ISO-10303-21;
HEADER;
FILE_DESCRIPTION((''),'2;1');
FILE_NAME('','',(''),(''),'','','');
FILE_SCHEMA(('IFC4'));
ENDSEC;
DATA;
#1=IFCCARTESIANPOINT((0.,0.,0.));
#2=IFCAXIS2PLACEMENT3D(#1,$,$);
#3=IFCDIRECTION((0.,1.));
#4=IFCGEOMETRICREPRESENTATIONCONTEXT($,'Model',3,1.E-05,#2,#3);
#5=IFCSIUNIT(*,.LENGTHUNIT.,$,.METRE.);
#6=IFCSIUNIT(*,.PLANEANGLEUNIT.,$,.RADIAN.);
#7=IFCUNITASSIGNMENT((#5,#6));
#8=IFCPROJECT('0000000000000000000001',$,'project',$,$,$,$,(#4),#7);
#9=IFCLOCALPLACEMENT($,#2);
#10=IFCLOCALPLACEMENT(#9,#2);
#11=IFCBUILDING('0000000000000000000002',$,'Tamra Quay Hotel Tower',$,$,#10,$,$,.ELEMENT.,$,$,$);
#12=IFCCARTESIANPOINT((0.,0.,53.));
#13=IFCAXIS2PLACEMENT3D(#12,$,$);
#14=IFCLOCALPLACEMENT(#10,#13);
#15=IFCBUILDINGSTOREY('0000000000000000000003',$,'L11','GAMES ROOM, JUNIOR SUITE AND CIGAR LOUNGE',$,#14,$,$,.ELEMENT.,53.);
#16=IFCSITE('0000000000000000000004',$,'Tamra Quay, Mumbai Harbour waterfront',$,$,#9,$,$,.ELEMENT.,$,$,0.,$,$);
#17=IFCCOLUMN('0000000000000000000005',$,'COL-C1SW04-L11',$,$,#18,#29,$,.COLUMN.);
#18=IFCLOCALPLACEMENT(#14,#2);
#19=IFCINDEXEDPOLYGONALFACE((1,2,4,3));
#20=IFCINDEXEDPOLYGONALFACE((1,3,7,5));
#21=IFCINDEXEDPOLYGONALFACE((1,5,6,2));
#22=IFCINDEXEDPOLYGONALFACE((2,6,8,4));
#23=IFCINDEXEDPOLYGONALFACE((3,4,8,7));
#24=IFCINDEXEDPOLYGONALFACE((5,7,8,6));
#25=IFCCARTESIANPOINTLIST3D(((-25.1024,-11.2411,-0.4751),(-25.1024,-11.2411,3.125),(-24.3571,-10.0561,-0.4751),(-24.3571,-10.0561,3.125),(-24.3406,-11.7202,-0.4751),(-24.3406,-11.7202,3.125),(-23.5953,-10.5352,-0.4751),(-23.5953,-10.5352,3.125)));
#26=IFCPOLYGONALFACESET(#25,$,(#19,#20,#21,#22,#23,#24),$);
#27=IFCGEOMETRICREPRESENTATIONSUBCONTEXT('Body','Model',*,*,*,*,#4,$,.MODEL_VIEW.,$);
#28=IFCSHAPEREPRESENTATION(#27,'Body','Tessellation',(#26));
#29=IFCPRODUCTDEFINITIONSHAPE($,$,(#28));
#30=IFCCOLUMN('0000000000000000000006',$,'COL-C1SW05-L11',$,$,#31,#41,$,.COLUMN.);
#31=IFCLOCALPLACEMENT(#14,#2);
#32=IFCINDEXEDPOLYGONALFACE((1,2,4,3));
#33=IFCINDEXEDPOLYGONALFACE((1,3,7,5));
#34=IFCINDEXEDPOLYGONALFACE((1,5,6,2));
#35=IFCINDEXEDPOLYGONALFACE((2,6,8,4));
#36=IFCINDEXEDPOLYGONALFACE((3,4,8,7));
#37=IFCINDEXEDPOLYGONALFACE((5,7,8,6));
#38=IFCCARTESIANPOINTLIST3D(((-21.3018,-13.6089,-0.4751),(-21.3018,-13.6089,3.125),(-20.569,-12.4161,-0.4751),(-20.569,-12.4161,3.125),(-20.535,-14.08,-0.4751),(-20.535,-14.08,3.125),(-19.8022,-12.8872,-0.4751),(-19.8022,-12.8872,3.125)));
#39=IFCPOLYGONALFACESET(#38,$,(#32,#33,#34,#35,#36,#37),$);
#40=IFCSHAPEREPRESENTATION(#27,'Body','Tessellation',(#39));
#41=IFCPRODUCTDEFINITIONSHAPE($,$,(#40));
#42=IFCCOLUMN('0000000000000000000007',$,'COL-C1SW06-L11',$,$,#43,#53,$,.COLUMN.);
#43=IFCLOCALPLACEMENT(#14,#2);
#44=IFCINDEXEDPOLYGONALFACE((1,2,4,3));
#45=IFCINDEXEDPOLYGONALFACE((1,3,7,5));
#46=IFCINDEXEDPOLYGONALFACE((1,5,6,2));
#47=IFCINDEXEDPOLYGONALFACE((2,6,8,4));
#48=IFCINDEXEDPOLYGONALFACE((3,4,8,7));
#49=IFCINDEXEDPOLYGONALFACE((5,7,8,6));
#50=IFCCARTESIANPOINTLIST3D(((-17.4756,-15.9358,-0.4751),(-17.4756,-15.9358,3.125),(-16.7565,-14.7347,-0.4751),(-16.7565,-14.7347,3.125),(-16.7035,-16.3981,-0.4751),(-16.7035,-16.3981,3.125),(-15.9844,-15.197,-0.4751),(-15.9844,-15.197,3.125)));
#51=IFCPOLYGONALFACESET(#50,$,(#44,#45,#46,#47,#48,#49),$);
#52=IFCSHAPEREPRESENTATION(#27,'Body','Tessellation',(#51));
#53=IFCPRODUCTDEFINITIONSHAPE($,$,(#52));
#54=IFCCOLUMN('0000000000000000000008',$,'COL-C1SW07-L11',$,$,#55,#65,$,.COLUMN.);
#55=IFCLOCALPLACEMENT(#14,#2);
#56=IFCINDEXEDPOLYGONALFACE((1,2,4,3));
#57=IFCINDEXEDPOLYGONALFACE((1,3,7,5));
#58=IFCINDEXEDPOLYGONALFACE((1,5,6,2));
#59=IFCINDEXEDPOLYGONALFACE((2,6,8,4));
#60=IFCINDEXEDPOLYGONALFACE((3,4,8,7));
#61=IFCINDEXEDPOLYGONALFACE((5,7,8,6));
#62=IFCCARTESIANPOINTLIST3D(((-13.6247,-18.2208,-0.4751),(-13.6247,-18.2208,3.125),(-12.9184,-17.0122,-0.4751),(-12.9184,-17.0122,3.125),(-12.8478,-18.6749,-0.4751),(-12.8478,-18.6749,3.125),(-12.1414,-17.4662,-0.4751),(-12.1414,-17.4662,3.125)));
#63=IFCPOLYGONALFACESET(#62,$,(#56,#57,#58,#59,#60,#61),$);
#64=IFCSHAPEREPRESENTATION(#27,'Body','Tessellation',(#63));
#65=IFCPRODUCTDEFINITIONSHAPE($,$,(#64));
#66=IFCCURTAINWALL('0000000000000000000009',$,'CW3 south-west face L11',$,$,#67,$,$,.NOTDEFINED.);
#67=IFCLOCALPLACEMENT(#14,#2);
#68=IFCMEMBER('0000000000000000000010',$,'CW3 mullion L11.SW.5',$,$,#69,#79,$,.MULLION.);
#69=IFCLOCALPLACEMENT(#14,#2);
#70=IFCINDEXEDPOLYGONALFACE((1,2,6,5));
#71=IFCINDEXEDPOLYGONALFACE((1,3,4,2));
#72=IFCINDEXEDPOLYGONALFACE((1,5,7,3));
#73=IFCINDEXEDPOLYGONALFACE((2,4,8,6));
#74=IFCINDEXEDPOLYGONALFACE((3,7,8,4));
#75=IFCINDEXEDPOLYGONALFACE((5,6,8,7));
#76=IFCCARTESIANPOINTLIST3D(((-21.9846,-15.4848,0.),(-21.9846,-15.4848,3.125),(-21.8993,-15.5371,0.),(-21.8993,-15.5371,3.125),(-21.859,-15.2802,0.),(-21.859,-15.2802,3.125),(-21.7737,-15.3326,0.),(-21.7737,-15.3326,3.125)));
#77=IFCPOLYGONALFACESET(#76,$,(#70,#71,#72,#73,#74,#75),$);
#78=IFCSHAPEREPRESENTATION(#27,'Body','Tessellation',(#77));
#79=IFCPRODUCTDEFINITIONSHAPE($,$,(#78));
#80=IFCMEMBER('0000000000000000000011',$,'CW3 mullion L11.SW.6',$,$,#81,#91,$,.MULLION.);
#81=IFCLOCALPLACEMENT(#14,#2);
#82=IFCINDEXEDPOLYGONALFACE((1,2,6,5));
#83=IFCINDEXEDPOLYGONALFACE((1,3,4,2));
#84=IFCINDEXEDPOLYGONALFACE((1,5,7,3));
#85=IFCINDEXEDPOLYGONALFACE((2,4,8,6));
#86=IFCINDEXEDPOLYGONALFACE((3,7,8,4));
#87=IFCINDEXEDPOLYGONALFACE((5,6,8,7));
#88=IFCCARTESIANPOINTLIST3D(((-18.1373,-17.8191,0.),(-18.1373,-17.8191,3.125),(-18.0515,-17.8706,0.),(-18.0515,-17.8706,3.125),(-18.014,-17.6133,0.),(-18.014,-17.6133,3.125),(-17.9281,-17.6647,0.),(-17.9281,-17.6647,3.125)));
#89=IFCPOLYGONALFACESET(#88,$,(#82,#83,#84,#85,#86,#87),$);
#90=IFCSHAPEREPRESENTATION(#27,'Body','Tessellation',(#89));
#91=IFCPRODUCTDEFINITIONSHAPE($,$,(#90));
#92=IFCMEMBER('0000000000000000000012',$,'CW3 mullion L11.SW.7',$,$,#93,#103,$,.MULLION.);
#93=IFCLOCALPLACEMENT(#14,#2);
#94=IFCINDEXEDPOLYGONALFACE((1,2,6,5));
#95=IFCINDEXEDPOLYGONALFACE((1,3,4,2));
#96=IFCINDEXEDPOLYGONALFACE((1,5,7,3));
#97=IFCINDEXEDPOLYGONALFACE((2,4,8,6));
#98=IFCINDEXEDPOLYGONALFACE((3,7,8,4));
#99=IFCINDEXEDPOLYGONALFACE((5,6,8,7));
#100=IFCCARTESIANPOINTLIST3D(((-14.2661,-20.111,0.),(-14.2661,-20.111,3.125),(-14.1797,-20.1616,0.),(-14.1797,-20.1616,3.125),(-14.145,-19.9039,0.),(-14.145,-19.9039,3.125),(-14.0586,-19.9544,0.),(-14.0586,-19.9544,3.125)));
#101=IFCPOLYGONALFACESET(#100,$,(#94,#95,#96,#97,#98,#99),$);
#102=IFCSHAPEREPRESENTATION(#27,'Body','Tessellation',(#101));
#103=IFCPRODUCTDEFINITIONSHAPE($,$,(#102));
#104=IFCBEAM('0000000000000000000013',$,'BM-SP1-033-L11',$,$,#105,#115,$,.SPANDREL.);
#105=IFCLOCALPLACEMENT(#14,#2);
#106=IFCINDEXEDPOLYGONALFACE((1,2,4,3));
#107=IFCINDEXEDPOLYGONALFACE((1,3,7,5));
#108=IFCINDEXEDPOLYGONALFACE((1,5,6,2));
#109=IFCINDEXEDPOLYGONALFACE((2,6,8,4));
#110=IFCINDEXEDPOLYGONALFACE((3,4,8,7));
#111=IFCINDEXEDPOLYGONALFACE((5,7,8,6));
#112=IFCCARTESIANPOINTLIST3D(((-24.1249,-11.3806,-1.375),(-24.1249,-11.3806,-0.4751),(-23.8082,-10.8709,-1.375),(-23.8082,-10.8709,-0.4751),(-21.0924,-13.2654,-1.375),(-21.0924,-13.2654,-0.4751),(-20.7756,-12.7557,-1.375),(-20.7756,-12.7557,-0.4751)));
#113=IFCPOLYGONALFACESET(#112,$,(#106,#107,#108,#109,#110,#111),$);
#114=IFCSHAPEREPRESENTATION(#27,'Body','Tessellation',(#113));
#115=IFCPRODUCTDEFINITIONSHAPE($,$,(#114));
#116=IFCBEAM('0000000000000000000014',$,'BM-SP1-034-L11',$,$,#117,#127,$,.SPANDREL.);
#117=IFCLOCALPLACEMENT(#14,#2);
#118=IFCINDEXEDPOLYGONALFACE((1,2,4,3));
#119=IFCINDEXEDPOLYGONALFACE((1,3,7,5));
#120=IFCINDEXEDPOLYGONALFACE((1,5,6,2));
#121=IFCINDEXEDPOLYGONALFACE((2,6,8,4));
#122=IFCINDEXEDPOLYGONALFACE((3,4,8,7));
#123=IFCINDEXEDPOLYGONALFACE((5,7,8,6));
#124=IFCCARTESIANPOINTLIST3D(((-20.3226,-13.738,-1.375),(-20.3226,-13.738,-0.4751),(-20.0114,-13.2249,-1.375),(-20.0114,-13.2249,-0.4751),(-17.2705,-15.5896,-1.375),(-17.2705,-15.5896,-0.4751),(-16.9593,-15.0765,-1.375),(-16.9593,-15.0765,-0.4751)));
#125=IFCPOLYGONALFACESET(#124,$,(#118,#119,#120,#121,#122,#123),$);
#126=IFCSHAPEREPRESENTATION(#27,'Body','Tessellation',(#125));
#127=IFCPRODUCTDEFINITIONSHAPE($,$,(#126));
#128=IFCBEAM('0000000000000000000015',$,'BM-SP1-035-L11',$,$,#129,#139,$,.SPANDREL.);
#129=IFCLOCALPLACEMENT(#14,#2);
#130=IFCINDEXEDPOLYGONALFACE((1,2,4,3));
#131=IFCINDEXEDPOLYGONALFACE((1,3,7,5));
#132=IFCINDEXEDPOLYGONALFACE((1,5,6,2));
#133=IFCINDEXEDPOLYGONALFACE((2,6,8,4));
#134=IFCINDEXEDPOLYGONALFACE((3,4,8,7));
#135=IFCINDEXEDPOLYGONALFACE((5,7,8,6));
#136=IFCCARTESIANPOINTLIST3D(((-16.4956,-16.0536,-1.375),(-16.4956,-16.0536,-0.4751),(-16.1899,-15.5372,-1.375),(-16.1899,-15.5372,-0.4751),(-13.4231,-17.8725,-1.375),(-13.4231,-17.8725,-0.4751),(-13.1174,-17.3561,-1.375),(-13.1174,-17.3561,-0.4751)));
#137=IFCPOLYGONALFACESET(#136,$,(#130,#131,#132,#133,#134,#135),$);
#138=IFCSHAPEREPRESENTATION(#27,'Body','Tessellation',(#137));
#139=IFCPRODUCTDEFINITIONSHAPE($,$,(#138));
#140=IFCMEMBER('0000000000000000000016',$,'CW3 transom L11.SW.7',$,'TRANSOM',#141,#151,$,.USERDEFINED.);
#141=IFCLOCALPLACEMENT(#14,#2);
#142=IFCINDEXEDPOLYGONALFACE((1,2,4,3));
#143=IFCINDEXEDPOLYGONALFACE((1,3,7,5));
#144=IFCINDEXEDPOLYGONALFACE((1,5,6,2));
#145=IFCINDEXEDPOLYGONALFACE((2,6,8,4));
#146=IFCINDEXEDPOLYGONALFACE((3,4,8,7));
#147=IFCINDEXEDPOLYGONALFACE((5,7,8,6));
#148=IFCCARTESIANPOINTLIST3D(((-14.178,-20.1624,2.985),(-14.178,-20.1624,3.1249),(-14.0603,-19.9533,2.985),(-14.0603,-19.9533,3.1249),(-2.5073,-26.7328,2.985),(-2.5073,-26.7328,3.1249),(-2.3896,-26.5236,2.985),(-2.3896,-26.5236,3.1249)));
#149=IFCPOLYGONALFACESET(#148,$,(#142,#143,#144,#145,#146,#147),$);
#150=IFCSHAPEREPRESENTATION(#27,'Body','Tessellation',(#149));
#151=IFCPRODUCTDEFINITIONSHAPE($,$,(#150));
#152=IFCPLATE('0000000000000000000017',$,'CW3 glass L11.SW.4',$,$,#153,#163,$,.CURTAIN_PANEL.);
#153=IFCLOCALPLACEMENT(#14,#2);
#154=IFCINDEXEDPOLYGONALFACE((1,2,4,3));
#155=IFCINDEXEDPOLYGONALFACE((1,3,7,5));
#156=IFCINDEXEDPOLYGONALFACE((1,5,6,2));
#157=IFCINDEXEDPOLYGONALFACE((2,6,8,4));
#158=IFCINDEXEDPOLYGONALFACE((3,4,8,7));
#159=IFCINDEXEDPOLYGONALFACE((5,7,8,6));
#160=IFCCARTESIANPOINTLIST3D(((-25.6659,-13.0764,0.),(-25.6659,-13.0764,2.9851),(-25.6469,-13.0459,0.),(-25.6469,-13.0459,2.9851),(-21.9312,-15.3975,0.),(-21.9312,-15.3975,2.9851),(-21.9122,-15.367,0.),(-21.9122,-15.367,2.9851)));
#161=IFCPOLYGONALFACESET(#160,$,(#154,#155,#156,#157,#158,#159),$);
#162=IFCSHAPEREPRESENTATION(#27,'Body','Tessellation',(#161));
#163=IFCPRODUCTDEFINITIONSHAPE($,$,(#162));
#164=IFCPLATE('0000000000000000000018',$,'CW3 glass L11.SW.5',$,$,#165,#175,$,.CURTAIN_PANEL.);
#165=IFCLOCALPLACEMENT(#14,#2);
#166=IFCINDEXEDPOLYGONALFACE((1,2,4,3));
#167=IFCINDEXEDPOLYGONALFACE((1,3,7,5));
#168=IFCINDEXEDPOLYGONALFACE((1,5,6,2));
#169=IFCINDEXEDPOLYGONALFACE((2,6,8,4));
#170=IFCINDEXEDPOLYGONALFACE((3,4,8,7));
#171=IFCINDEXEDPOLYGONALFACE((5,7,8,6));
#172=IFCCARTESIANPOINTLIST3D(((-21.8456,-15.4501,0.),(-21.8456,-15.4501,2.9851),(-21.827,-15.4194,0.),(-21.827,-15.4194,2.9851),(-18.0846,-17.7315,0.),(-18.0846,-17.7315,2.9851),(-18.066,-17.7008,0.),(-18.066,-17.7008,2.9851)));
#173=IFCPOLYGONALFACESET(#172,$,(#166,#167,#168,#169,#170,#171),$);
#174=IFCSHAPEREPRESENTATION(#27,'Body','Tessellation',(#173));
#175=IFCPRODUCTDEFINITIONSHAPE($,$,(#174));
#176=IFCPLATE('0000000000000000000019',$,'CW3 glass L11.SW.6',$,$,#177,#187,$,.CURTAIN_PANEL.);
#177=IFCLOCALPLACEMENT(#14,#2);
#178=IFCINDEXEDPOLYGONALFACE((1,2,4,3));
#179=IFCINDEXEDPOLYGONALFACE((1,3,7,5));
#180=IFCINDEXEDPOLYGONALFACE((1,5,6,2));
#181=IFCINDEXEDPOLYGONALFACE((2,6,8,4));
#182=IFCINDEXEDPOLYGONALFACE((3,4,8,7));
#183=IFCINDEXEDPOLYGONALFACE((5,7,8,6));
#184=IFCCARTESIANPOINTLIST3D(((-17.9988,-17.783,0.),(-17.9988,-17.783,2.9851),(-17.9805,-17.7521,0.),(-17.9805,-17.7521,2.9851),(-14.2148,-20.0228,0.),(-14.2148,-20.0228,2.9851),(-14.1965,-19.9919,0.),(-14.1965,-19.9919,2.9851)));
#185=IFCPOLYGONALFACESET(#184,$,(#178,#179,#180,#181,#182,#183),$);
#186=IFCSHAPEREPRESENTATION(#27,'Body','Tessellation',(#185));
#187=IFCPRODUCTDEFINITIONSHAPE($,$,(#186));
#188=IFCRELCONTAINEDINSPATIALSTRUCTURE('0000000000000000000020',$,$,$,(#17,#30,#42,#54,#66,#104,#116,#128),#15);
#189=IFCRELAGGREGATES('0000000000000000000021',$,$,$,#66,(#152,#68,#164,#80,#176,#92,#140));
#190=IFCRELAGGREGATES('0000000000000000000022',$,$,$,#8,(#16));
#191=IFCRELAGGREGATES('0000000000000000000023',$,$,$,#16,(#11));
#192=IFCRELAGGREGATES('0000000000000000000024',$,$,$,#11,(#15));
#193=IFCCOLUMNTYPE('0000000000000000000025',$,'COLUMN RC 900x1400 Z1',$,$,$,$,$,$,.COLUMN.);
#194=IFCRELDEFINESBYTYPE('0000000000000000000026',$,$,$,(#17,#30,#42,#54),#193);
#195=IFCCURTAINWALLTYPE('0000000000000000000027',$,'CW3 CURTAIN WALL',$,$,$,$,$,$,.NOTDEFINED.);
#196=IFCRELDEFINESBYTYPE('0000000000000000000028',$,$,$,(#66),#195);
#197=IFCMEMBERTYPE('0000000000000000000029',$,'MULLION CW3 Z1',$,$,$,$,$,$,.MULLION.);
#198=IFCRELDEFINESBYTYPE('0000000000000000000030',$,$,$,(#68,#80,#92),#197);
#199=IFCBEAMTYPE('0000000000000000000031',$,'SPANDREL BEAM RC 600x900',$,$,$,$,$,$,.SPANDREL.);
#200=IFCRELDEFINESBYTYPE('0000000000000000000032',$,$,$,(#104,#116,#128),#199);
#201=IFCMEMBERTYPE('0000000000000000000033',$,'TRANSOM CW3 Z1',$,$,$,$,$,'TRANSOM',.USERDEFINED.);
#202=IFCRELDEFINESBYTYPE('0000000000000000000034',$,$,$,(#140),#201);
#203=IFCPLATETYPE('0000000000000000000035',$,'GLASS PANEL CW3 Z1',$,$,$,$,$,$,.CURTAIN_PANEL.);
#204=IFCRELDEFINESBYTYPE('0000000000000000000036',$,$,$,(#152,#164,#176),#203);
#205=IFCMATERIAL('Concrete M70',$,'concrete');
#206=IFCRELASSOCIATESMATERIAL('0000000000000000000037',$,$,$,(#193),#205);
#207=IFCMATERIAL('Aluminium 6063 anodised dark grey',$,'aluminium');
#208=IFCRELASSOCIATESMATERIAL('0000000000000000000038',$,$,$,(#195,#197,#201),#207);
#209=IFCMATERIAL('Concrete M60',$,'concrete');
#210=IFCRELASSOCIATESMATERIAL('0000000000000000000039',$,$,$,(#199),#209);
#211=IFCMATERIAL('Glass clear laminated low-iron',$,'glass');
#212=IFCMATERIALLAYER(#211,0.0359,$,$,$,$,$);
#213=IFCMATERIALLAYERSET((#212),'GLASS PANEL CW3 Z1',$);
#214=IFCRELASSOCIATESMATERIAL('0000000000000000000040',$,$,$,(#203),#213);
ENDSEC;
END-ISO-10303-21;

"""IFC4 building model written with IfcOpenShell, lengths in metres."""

from ifc_helpers import new_model, si_unit, direction, frame, origin, origin_2d, place, context, subcontext, project, spatial, rectangle, extrude, material, layer, layer_set, material_profile, profile_set, type_object, element, aggregate, save


model = new_model("IFC4")

# Units and contexts
model_context = context("Model", 3, precision=1e-05, world=origin(), true_north=direction((0.0, 1.0)))
body_context = subcontext(model_context, "Body", "Model", "MODEL_VIEW")
ifc_project = project(units=[si_unit("LENGTHUNIT", "METRE"), si_unit("PLANEANGLEUNIT", "RADIAN")], contexts=[model_context])

# Site, building, storey
site_placement = place(None, origin())
site = spatial("IfcSite", under=ifc_project, at=site_placement, Name="Tamra Quay, Mumbai Harbour waterfront", CompositionType="ELEMENT", RefElevation=0.0)
building_placement = place(site_placement, origin())
building = spatial("IfcBuilding", under=site, at=building_placement, Name="Tamra Quay Hotel Tower", CompositionType="ELEMENT")
storey_placement = place(building_placement, frame((0.0, 0.0, 53.0)))
storey = spatial("IfcBuildingStorey", under=building, at=storey_placement, Name="L11", Description="GAMES ROOM, JUNIOR SUITE AND CIGAR LOUNGE", CompositionType="ELEMENT", Elevation=53.0)

# Columns
ifc_material_1 = material(Name="Concrete M70", Category="concrete")
ifc_material_profile_1 = material_profile(ifc_material_1, rectangle(XDim=1.3999, YDim=0.8999, at=origin_2d()), Name="COLUMN RC 900x1400 Z1")
ifc_profile_set_1 = profile_set([ifc_material_profile_1], Name="Concrete M70")
column_type = type_object("IfcColumnType", Name="COLUMN RC 900x1400 Z1", PredefinedType="COLUMN", material=ifc_profile_set_1)
for number, where, z_axis, x_axis, name in (
    (1, (-24.3489, -10.8882, -0.4751), (0.0, 0.0, 1.0), (0.532389, 0.8465, 0.0), "COL-C1SW04-L11"),
    (2, (-20.552, -13.248, -0.4751), (0.0, 0.0, 1.0), (0.52343, 0.852069, 0.0), "COL-C1SW05-L11"),
    (3, (-16.73, -15.5664, -0.4751), (0.0, 0.0, 1.0), (0.513654, 0.857998, 0.0), "COL-C1SW06-L11"),
    (4, (-12.8831, -17.8435, -0.4751), (0.0, 0.0, 1.0), (0.504565, 0.863374, 0.0), "COL-C1SW07-L11"),
):
    element("IfcColumn", number, at=place(storey_placement, frame(where, z_axis=z_axis, x_axis=x_axis)), inside=storey, type_object=column_type, Name=name, PredefinedType="COLUMN", context=body_context, shape_type="SweptSolid", body=[
        extrude(rectangle(XDim=1.3999, YDim=0.8999, at=origin_2d()), origin(), (0.0, 0.0, 1.0), 3.6001),
    ])

# Curtain wall, members
ifc_material_2 = material(Name="Aluminium 6063 anodised dark grey", Category="aluminium")
curtain_wall_type = type_object("IfcCurtainWallType", Name="CW3 CURTAIN WALL", PredefinedType="NOTDEFINED", material=ifc_material_2)
curtain_wall_placement = place(storey_placement, origin())
curtain_wall = element("IfcCurtainWall", 5, at=curtain_wall_placement, inside=storey, type_object=curtain_wall_type, Name="CW3 south-west face L11", PredefinedType="NOTDEFINED")
ifc_material_profile_2 = material_profile(ifc_material_2, rectangle(XDim=0.24, YDim=0.1001, at=origin_2d()), Name="MULLION 100X240")
ifc_profile_set_2 = profile_set([ifc_material_profile_2], Name="Aluminium 6063 anodised dark grey")
member_type_1 = type_object("IfcMemberType", Name="MULLION CW3 Z1", PredefinedType="MULLION", material=ifc_profile_set_2)
member_1_placement = place(storey_placement, frame((-21.8792, -15.4087, 0.0), z_axis=(0.0, 0.0, 1.0), x_axis=(-0.523257, -0.852175, 0.0)))
member_1 = element("IfcMember", 6, at=member_1_placement, type_object=member_type_1, Name="CW3 mullion L11.SW.5", PredefinedType="MULLION", context=body_context, shape_type="SweptSolid", body=[
    extrude(rectangle(XDim=0.24, YDim=0.1001, at=origin_2d()), origin(), (0.0, 0.0, 1.0), 3.125),
])
member_2_placement = place(storey_placement, frame((-18.0327, -17.7419, 0.0), z_axis=(0.0, 0.0, 1.0), x_axis=(-0.514004, -0.857788, 0.0)))
member_2 = element("IfcMember", 7, at=member_2_placement, type_object=member_type_1, Name="CW3 mullion L11.SW.6", PredefinedType="MULLION", context=body_context, shape_type="SweptSolid", body=[
    extrude(rectangle(XDim=0.24, YDim=0.1001, at=origin_2d()), origin(), (0.0, 0.0, 1.0), 3.125),
])
member_3_placement = place(storey_placement, frame((-14.1624, -20.0327, 0.0), z_axis=(0.0, 0.0, 1.0), x_axis=(-0.504685, -0.863304, 0.0)))
member_3 = element("IfcMember", 8, at=member_3_placement, type_object=member_type_1, Name="CW3 mullion L11.SW.7", PredefinedType="MULLION", context=body_context, shape_type="SweptSolid", body=[
    extrude(rectangle(XDim=0.24, YDim=0.1001, at=origin_2d()), origin(), (0.0, 0.0, 1.0), 3.125),
])

# Beams
ifc_material_3 = material(Name="Concrete M60", Category="concrete")
ifc_material_profile_3 = material_profile(ifc_material_3, rectangle(XDim=0.6001, YDim=0.8999, at=origin_2d()), Name="SPANDREL BEAM RC 600x900")
ifc_profile_set_3 = profile_set([ifc_material_profile_3], Name="Concrete M60")
beam_type = type_object("IfcBeamType", Name="SPANDREL BEAM RC 600x900", PredefinedType="SPANDREL", material=ifc_profile_set_3)
beam_1_placement = place(storey_placement, frame((-23.9666, -11.1257, -0.925), z_axis=(0.849321, -0.527877, 0.0), x_axis=(0.527877, 0.849321, 0.0)))
element("IfcBeam", 9, at=beam_1_placement, inside=storey, type_object=beam_type, Name="BM-SP1-033-L11", PredefinedType="SPANDREL", context=body_context, shape_type="SweptSolid", body=[
    extrude(rectangle(XDim=0.6001, YDim=0.8999, at=origin_2d()), origin(), (0.0, 0.0, 1.0), 3.5706),
])
beam_2_placement = place(storey_placement, frame((-20.167, -13.4814, -0.925), z_axis=(0.854966, -0.518684, 0.0), x_axis=(0.518684, 0.854966, 0.0)))
element("IfcBeam", 10, at=beam_2_placement, inside=storey, type_object=beam_type, Name="BM-SP1-034-L11", PredefinedType="SPANDREL", context=body_context, shape_type="SweptSolid", body=[
    extrude(rectangle(XDim=0.6001, YDim=0.8999, at=origin_2d()), origin(), (0.0, 0.0, 1.0), 3.5698),
])
beam_3_placement = place(storey_placement, frame((-16.3428, -15.7954, -0.925), z_axis=(0.860525, -0.509409, 0.0), x_axis=(0.509409, 0.860525, 0.0)))
element("IfcBeam", 11, at=beam_3_placement, inside=storey, type_object=beam_type, Name="BM-SP1-035-L11", PredefinedType="SPANDREL", context=body_context, shape_type="SweptSolid", body=[
    extrude(rectangle(XDim=0.6001, YDim=0.8999, at=origin_2d()), origin(), (0.0, 0.0, 1.0), 3.5706),
])

# Member
ifc_material_profile_4 = material_profile(ifc_material_2, rectangle(XDim=0.24, YDim=0.1399, at=origin_2d()), Name="TRANSOM 240X140")
ifc_profile_set_4 = profile_set([ifc_material_profile_4], Name="Aluminium 6063 anodised dark grey")
member_type_2 = type_object("IfcMemberType", Name="TRANSOM CW3 Z1", ElementType="TRANSOM", PredefinedType="USERDEFINED", material=ifc_profile_set_4)
member_4_placement = place(storey_placement, frame((-14.1191, -20.0579, 3.0549), z_axis=(0.871398, -0.490577, 0.0), x_axis=(0.490577, 0.871398, 0.0)))
member_4 = element("IfcMember", 12, at=member_4_placement, type_object=member_type_2, Name="CW3 transom L11.SW.7", ObjectType="TRANSOM", PredefinedType="USERDEFINED", context=body_context, shape_type="SweptSolid", body=[
    extrude(rectangle(XDim=0.24, YDim=0.1399, at=origin_2d()), origin(), (0.0, 0.0, 1.0), 13.3931),
])

# Plates
ifc_material_4 = material(Name="Glass clear laminated low-iron", Category="glass")
ifc_layer_1 = layer(ifc_material_4, 0.0359)
ifc_layer_set_1 = layer_set([ifc_layer_1], Name="GLASS PANEL CW3 Z1")
plate_type = type_object("IfcPlateType", Name="GLASS PANEL CW3 Z1", PredefinedType="CURTAIN_PANEL", material=ifc_layer_set_1)
plate_1_placement = place(storey_placement, frame((-23.7891, -14.2217, 0.0), z_axis=(0.0, 0.0, 1.0), x_axis=(0.849331, -0.52786, 0.0)))
plate_1 = element("IfcPlate", 13, at=plate_1_placement, type_object=plate_type, Name="CW3 glass L11.SW.4", PredefinedType="CURTAIN_PANEL", context=body_context, shape_type="SweptSolid", body=[
    extrude(rectangle(XDim=4.3972, YDim=0.0359, at=origin_2d()), origin(), (0.0, 0.0, 1.0), 2.9851),
])
plate_2_placement = place(storey_placement, frame((-19.9558, -16.5754, 0.0), z_axis=(0.0, 0.0, 1.0), x_axis=(0.854994, -0.518639, 0.0)))
plate_2 = element("IfcPlate", 14, at=plate_2_placement, type_object=plate_type, Name="CW3 glass L11.SW.5", PredefinedType="CURTAIN_PANEL", context=body_context, shape_type="SweptSolid", body=[
    extrude(rectangle(XDim=4.3989, YDim=0.0359, at=origin_2d()), origin(), (0.0, 0.0, 1.0), 2.9851),
])
plate_3_placement = place(storey_placement, frame((-16.0977, -18.8875, 0.0), z_axis=(0.0, 0.0, 1.0), x_axis=(0.860557, -0.509355, 0.0)))
plate_3 = element("IfcPlate", 15, at=plate_3_placement, type_object=plate_type, Name="CW3 glass L11.SW.6", PredefinedType="CURTAIN_PANEL", context=body_context, shape_type="SweptSolid", body=[
    extrude(rectangle(XDim=4.3972, YDim=0.0359, at=origin_2d()), origin(), (0.0, 0.0, 1.0), 2.9851),
])
aggregate(curtain_wall, [plate_1, member_1, plate_2, member_2, plate_3, member_3, member_4])

save(model, "model.ifc")
